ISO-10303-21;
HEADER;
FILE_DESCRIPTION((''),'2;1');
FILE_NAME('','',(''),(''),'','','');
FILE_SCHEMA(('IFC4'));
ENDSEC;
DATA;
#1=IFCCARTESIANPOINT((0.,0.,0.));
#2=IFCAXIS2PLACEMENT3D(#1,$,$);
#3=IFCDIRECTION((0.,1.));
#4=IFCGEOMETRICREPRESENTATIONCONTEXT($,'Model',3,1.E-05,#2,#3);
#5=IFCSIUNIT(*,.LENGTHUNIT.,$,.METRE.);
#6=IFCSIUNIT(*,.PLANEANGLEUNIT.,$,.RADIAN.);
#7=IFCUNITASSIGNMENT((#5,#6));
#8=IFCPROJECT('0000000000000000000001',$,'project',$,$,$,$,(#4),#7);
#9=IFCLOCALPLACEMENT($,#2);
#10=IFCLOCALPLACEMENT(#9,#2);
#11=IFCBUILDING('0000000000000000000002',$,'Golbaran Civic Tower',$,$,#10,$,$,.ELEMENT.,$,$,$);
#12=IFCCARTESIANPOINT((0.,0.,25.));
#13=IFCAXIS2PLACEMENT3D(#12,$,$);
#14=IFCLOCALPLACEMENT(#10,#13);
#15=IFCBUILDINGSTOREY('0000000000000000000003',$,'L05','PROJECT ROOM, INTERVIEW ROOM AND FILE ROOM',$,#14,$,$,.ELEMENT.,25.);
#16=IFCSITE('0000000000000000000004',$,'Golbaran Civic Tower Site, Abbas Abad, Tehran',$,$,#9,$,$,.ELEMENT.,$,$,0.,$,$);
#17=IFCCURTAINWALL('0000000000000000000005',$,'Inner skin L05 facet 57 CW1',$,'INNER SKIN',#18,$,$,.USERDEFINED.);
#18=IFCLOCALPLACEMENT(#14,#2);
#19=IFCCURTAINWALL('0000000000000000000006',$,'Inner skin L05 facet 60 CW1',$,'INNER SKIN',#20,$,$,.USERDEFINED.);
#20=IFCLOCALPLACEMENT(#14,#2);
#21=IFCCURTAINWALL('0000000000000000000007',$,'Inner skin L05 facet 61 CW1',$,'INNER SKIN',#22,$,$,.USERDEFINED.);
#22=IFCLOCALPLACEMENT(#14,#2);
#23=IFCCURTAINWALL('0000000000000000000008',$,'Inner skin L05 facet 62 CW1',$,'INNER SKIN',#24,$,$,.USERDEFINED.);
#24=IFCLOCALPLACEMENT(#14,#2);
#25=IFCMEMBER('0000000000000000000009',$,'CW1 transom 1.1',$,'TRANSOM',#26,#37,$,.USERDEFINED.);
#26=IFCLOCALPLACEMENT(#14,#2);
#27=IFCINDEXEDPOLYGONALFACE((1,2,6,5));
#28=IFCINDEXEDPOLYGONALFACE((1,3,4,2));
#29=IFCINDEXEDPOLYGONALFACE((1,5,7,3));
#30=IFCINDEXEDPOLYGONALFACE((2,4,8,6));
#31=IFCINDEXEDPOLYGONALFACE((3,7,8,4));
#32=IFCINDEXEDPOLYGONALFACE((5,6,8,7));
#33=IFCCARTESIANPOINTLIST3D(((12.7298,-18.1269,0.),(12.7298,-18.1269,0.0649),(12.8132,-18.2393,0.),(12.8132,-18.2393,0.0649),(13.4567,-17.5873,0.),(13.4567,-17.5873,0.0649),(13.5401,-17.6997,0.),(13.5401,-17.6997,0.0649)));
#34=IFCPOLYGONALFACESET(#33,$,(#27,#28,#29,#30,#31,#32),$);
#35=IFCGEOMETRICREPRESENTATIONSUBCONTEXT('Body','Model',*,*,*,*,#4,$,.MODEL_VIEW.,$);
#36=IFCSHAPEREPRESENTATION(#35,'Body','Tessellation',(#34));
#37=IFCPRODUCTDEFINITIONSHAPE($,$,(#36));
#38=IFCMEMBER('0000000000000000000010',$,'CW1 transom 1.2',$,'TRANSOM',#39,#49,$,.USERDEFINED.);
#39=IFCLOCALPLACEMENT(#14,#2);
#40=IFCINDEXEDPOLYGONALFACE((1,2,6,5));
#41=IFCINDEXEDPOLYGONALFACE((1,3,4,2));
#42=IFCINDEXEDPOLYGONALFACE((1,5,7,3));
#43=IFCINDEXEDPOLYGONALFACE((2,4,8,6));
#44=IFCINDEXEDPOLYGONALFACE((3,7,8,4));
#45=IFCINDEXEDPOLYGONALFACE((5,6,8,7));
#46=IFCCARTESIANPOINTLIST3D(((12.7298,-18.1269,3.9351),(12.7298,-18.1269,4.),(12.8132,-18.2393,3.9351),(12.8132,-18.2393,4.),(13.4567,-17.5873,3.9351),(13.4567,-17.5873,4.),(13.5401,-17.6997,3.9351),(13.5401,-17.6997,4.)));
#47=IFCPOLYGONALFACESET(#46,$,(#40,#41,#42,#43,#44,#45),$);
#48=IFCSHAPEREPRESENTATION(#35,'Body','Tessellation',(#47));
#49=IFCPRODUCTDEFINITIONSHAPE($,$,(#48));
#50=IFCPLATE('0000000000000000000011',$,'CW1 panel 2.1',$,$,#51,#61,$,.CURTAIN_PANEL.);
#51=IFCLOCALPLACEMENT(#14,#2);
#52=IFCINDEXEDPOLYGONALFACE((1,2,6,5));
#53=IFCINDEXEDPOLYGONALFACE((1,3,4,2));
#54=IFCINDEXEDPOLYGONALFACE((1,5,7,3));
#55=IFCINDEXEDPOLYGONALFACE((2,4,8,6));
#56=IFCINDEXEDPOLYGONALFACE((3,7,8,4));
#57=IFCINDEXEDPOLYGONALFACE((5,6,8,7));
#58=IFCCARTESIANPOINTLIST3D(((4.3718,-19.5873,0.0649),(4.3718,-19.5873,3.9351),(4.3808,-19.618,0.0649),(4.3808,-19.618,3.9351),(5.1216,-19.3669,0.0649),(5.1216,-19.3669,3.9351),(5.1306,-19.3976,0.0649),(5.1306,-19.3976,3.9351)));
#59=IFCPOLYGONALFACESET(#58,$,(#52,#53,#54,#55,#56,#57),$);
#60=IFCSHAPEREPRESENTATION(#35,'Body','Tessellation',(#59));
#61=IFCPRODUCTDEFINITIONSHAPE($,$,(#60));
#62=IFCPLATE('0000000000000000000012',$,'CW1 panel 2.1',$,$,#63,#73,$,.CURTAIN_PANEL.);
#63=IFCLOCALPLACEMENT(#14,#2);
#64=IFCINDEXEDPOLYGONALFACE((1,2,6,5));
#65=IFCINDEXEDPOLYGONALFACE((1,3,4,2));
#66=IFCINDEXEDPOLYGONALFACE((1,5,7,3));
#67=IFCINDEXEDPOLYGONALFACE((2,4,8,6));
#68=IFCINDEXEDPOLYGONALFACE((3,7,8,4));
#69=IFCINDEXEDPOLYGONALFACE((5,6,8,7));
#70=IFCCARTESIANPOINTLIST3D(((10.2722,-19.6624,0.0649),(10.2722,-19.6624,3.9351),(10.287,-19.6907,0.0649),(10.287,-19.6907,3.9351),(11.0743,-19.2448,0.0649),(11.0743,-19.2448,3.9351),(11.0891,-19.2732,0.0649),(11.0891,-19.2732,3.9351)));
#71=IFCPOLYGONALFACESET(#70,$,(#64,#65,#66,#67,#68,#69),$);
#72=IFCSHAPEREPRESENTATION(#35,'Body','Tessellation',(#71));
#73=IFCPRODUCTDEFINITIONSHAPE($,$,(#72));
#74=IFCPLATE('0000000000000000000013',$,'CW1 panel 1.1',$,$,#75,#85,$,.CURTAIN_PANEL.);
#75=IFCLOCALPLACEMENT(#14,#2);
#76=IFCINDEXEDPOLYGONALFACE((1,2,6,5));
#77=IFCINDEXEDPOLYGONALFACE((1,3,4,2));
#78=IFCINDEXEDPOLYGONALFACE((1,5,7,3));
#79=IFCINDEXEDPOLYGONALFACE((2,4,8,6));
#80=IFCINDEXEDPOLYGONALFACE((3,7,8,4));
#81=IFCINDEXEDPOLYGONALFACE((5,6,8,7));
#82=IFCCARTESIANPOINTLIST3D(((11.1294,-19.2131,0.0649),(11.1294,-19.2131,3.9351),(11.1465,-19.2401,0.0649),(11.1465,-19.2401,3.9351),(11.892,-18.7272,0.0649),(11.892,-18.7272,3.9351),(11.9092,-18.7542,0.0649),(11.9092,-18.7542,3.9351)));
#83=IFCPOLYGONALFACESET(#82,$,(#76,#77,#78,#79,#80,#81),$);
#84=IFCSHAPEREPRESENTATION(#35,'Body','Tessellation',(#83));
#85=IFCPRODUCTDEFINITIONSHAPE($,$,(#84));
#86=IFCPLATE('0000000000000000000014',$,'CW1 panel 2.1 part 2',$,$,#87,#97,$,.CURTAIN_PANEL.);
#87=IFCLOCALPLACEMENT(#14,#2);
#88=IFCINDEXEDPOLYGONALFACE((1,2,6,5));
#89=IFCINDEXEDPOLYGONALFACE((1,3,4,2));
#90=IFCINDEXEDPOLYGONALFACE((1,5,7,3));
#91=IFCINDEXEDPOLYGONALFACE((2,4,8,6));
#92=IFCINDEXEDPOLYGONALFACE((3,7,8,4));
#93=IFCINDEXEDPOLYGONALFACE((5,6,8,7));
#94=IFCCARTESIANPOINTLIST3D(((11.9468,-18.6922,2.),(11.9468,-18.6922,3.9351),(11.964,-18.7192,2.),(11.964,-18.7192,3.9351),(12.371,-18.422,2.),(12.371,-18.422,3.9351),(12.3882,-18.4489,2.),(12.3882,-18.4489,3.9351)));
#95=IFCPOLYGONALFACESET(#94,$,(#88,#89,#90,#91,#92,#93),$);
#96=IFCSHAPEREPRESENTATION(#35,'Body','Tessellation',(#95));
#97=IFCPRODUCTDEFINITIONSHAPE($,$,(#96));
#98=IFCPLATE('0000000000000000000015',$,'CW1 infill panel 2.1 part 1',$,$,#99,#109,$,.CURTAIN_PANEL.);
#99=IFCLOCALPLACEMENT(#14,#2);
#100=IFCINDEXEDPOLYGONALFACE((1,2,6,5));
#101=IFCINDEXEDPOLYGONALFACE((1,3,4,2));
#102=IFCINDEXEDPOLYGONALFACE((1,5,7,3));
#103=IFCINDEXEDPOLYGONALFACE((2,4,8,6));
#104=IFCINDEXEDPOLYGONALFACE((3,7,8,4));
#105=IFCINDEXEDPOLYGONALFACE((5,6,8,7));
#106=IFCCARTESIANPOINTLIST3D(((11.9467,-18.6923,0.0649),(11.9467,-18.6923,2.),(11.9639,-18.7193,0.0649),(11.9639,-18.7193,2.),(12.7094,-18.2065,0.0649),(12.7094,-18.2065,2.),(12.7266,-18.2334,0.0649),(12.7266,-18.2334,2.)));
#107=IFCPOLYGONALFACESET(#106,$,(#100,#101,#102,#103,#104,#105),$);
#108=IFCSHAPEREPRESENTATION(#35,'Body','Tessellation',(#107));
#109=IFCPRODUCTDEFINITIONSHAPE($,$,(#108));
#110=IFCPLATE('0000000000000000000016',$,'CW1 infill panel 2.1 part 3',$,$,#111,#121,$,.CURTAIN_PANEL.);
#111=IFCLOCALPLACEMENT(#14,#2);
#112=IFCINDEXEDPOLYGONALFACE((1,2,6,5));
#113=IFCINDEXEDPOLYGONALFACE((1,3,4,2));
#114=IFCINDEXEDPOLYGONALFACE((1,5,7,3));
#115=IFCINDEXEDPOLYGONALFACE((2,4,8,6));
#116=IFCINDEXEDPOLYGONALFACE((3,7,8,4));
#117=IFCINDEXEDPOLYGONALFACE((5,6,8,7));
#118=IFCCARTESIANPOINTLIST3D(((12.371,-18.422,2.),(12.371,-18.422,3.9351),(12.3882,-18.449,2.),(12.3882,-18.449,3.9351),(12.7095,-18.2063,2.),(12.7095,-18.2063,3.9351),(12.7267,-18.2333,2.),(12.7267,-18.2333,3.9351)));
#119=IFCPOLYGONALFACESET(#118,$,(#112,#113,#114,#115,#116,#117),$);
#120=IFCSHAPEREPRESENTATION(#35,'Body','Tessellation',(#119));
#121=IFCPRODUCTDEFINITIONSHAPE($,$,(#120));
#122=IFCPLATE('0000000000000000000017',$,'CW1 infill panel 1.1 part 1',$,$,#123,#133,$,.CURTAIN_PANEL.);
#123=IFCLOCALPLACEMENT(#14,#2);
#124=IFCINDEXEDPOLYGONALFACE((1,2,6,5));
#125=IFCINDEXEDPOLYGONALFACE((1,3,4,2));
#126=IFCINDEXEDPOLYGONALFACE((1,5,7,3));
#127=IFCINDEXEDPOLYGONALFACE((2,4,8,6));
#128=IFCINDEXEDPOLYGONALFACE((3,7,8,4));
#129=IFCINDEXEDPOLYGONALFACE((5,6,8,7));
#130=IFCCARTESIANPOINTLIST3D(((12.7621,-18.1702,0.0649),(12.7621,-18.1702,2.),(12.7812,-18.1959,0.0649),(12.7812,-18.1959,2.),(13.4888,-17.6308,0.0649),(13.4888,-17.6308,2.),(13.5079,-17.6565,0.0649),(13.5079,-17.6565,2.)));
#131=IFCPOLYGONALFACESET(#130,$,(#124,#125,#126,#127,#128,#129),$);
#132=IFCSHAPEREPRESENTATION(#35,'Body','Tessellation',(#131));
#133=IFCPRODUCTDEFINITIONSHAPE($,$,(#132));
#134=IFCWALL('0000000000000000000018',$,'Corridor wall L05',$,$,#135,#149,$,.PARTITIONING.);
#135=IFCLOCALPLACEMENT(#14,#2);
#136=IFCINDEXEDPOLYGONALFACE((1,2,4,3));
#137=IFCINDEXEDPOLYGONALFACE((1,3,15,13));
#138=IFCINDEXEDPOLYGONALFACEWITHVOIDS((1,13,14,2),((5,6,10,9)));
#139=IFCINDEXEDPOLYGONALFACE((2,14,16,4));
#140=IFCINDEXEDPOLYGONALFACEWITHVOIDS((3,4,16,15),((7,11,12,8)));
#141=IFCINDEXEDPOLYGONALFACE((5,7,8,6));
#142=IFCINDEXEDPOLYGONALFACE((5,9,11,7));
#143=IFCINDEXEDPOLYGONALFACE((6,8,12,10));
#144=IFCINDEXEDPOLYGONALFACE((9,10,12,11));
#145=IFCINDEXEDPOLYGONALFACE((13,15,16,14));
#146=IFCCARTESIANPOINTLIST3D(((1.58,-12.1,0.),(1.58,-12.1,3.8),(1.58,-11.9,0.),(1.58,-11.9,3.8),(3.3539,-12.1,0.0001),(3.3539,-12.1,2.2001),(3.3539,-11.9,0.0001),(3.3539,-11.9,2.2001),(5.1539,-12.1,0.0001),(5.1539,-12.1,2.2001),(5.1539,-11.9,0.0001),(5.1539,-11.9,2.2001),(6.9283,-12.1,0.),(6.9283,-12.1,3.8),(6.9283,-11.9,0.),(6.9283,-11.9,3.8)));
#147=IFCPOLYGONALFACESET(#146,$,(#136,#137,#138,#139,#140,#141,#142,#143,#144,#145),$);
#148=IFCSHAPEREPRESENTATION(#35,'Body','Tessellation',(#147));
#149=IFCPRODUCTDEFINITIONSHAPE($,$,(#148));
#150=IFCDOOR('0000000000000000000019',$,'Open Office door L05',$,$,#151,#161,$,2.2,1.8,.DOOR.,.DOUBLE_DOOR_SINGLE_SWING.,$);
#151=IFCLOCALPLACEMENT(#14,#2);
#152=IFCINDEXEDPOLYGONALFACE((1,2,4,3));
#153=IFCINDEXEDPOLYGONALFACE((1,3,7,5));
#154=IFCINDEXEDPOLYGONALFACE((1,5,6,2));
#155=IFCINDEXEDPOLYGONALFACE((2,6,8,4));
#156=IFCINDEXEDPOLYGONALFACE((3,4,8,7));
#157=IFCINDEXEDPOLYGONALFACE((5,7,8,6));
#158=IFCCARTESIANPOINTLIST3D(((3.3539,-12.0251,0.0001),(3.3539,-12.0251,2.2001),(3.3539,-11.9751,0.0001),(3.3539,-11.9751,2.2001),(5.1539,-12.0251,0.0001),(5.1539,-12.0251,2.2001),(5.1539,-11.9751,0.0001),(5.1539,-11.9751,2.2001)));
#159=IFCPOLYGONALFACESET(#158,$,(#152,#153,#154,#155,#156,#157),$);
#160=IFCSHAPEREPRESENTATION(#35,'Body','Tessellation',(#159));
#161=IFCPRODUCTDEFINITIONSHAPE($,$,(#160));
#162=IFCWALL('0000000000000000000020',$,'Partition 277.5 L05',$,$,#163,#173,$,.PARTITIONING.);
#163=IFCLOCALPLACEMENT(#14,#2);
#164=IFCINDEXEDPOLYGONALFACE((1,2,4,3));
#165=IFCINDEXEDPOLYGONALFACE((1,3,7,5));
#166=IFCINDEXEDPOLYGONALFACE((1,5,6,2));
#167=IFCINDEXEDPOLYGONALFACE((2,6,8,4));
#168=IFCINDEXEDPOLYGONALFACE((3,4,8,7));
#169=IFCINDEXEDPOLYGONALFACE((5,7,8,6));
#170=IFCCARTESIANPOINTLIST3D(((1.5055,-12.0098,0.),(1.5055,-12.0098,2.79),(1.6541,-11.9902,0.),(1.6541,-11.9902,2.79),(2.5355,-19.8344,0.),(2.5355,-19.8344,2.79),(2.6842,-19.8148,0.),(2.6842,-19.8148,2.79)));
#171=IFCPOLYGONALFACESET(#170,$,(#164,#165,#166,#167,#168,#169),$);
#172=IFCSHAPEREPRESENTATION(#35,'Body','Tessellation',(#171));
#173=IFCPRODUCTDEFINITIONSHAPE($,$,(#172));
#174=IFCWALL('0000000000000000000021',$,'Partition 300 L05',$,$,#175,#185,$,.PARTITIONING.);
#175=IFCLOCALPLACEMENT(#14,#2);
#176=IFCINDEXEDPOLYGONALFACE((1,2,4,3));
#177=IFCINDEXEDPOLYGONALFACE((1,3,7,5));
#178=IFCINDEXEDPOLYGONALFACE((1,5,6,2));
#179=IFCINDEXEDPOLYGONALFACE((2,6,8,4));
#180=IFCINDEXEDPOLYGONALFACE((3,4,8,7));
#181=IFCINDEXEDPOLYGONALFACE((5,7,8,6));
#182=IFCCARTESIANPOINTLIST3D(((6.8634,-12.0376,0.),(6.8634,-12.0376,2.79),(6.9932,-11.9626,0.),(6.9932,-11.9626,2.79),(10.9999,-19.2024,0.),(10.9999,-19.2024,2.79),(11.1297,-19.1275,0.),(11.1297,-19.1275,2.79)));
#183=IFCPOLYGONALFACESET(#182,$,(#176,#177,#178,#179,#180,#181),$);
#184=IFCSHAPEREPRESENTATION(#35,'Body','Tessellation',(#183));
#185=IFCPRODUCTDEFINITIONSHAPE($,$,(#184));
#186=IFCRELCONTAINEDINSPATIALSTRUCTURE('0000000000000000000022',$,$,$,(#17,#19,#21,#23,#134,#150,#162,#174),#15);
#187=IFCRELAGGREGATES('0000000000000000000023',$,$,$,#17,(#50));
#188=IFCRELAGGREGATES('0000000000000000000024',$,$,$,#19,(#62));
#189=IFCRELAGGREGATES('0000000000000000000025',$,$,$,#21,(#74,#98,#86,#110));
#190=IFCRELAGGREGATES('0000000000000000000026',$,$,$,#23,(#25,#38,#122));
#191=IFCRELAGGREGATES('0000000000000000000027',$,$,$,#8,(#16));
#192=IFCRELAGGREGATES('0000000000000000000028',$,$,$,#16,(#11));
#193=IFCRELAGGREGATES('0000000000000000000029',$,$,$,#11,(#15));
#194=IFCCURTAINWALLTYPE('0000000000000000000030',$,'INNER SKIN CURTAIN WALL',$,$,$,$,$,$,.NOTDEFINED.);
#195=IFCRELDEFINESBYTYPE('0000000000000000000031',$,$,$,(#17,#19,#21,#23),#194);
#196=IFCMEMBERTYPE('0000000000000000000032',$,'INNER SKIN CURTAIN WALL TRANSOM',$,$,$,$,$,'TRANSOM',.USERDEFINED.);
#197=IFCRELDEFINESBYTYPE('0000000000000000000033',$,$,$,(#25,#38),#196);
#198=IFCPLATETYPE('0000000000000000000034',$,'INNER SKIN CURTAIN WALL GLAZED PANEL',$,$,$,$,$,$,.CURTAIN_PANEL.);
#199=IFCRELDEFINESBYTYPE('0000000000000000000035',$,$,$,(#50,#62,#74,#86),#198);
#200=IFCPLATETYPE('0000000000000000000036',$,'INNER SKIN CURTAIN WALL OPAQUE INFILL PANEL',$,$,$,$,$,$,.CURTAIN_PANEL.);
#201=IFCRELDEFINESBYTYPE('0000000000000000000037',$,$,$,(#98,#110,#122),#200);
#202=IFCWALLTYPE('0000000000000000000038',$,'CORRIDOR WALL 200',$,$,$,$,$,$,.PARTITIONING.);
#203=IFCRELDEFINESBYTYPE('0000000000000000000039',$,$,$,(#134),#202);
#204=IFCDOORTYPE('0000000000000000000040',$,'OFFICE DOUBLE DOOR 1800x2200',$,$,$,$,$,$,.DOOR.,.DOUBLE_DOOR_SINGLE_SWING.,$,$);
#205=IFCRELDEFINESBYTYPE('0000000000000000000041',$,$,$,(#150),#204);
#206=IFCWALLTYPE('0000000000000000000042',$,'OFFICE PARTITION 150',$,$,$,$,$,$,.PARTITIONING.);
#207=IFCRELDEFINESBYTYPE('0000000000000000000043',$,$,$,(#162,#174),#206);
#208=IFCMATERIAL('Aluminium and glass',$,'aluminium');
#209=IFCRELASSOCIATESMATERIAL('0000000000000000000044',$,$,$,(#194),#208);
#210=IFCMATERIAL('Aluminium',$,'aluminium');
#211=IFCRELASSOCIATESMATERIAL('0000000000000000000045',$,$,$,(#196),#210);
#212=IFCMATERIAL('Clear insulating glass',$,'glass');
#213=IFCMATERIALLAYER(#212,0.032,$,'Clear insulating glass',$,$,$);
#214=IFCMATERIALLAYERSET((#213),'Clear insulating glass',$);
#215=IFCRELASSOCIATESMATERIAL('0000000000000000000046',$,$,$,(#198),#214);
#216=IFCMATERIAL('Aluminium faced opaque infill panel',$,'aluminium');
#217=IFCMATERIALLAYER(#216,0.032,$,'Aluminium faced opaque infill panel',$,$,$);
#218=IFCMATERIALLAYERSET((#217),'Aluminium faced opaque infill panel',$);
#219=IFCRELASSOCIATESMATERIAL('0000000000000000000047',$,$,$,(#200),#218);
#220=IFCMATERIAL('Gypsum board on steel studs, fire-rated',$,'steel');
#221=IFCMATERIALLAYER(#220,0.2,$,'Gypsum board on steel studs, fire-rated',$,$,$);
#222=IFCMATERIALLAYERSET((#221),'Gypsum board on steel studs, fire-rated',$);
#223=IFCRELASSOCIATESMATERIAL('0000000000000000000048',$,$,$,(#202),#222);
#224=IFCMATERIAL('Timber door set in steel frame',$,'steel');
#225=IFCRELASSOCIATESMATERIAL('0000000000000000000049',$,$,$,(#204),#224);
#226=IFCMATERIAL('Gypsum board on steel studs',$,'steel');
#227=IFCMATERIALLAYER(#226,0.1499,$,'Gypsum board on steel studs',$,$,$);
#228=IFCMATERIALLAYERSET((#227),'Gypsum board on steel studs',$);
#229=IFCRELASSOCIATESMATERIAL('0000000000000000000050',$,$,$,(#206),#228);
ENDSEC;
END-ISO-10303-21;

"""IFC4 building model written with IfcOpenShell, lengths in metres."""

from ifc_helpers import new_model, si_unit, direction, frame, frame_2d, origin, origin_2d, place, context, subcontext, project, spatial, rectangle, extrude, material, layer, layer_set, material_profile, profile_set, type_object, element, fill, aggregate, save


model = new_model("IFC4")

# Units and contexts
model_context = context("Model", 3, precision=1e-05, world=origin(), true_north=direction((0.0, 1.0)))
body_context = subcontext(model_context, "Body", "Model", "MODEL_VIEW")
ifc_project = project(units=[si_unit("LENGTHUNIT", "METRE"), si_unit("PLANEANGLEUNIT", "RADIAN")], contexts=[model_context])

# Site, building, storey
site_placement = place(None, origin())
site = spatial("IfcSite", under=ifc_project, at=site_placement, Name="Golbaran Civic Tower Site, Abbas Abad, Tehran", CompositionType="ELEMENT", RefElevation=0.0)
building_placement = place(site_placement, origin())
building = spatial("IfcBuilding", under=site, at=building_placement, Name="Golbaran Civic Tower", CompositionType="ELEMENT")
storey_placement = place(building_placement, frame((0.0, 0.0, 25.0)))
storey = spatial("IfcBuildingStorey", under=building, at=storey_placement, Name="L05", Description="PROJECT ROOM, INTERVIEW ROOM AND FILE ROOM", CompositionType="ELEMENT", Elevation=25.0)

# Curtain walls
ifc_material_1 = material(Name="Aluminium and glass", Category="aluminium")
curtain_wall_type = type_object("IfcCurtainWallType", Name="INNER SKIN CURTAIN WALL", PredefinedType="NOTDEFINED", material=ifc_material_1)
curtain_wall_1_placement = place(storey_placement, origin())
curtain_wall_1 = element("IfcCurtainWall", 1, at=curtain_wall_1_placement, inside=storey, type_object=curtain_wall_type, Name="Inner skin L05 facet 57 CW1", ObjectType="INNER SKIN", PredefinedType="USERDEFINED")
ifc_material_2 = material(Name="Aluminium", Category="aluminium")
curtain_wall_2_placement = place(storey_placement, origin())
curtain_wall_2 = element("IfcCurtainWall", 2, at=curtain_wall_2_placement, inside=storey, type_object=curtain_wall_type, Name="Inner skin L05 facet 60 CW1", ObjectType="INNER SKIN", PredefinedType="USERDEFINED")

# Curtain wall
curtain_wall_3_placement = place(storey_placement, origin())
curtain_wall_3 = element("IfcCurtainWall", 3, at=curtain_wall_3_placement, inside=storey, type_object=curtain_wall_type, Name="Inner skin L05 facet 61 CW1", ObjectType="INNER SKIN", PredefinedType="USERDEFINED")

# Shared definitions
ifc_material_profile_1 = material_profile(ifc_material_2, rectangle(XDim=0.1399, YDim=0.0649, at=origin_2d()), Name="INNER SKIN CURTAIN WALL TRANSOM")
ifc_profile_set_1 = profile_set([ifc_material_profile_1], Name="Aluminium")
member_type_1 = type_object("IfcMemberType", Name="INNER SKIN CURTAIN WALL TRANSOM", ElementType="TRANSOM", PredefinedType="USERDEFINED", material=ifc_profile_set_1)

# Curtain wall, members
curtain_wall_4_placement = place(storey_placement, origin())
curtain_wall_4 = element("IfcCurtainWall", 4, at=curtain_wall_4_placement, inside=storey, type_object=curtain_wall_type, Name="Inner skin L05 facet 62 CW1", ObjectType="INNER SKIN", PredefinedType="USERDEFINED")
member_1_placement = place(storey_placement, frame((12.7715, -18.1831, 0.0325), z_axis=(0.802936, 0.596066, 0.0), x_axis=(-0.596066, 0.802936, 0.0)))
member_1 = element("IfcMember", 5, at=member_1_placement, type_object=member_type_1, Name="CW1 transom 1.1", ObjectType="TRANSOM", PredefinedType="USERDEFINED", context=body_context, shape_type="SweptSolid", body=[
    extrude(rectangle(XDim=0.1399, YDim=0.0649, at=origin_2d()), origin(), (0.0, 0.0, 1.0), 0.9053),
])
member_2_placement = place(storey_placement, frame((12.7715, -18.1831, 3.9675), z_axis=(0.802936, 0.596066, 0.0), x_axis=(-0.596066, 0.802936, 0.0)))
member_2 = element("IfcMember", 6, at=member_2_placement, type_object=member_type_1, Name="CW1 transom 1.2", ObjectType="TRANSOM", PredefinedType="USERDEFINED", context=body_context, shape_type="SweptSolid", body=[
    extrude(rectangle(XDim=0.1399, YDim=0.0649, at=origin_2d()), origin(), (0.0, 0.0, 1.0), 0.9053),
])

# Plates
ifc_material_3 = material(Name="Clear insulating glass", Category="glass")
ifc_layer_1 = layer(ifc_material_3, 0.032, Name="Clear insulating glass")
ifc_layer_set_1 = layer_set([ifc_layer_1], Name="Clear insulating glass")
plate_type_1 = type_object("IfcPlateType", Name="INNER SKIN CURTAIN WALL GLAZED PANEL", PredefinedType="CURTAIN_PANEL", material=ifc_layer_set_1)
plate_1_placement = place(storey_placement, frame((4.7512, -19.4924, 0.0649), z_axis=(0.0, 0.0, 1.0), x_axis=(0.959425, 0.281964, 0.0)))
plate_1 = element("IfcPlate", 7, at=plate_1_placement, type_object=plate_type_1, Name="CW1 panel 2.1", PredefinedType="CURTAIN_PANEL", context=body_context, shape_type="SweptSolid", body=[
    extrude(rectangle(XDim=0.7815, YDim=0.032, at=origin_2d()), origin(), (0.0, 0.0, 1.0), 3.8701),
])
aggregate(curtain_wall_1, [plate_1])
plate_2_placement = place(storey_placement, frame((10.6807, -19.4678, 0.0649), z_axis=(0.0, 0.0, 1.0), x_axis=(0.887011, 0.461749, 0.0)))
plate_2 = element("IfcPlate", 8, at=plate_2_placement, type_object=plate_type_1, Name="CW1 panel 2.1", PredefinedType="CURTAIN_PANEL", context=body_context, shape_type="SweptSolid", body=[
    extrude(rectangle(XDim=0.9043, YDim=0.032, at=origin_2d()), origin(), (0.0, 0.0, 1.0), 3.8701),
])
aggregate(curtain_wall_2, [plate_2])
plate_3_placement = place(storey_placement, frame((11.5193, -18.9836, 0.0649), z_axis=(0.0, 0.0, 1.0), x_axis=(0.843391, 0.5373, 0.0)))
plate_3 = element("IfcPlate", 9, at=plate_3_placement, type_object=plate_type_1, Name="CW1 panel 1.1", PredefinedType="CURTAIN_PANEL", context=body_context, shape_type="SweptSolid", body=[
    extrude(rectangle(XDim=0.9043, YDim=0.032, at=origin_2d()), origin(), (0.0, 0.0, 1.0), 3.8701),
])
plate_4_placement = place(storey_placement, frame((12.1675, -18.5706, 2.0), z_axis=(0.0, 0.0, 1.0), x_axis=(0.843391, 0.5373, 0.0)))
plate_4 = element("IfcPlate", 10, at=plate_4_placement, type_object=plate_type_1, Name="CW1 panel 2.1 part 2", PredefinedType="CURTAIN_PANEL", context=body_context, shape_type="SweptSolid", body=[
    extrude(rectangle(XDim=0.5029, YDim=0.032, at=origin_2d()), origin(), (0.0, 0.0, 1.0), 1.9351),
])
ifc_material_4 = material(Name="Aluminium faced opaque infill panel", Category="aluminium")
ifc_layer_2 = layer(ifc_material_4, 0.032, Name="Aluminium faced opaque infill panel")
ifc_layer_set_2 = layer_set([ifc_layer_2], Name="Aluminium faced opaque infill panel")
plate_type_2 = type_object("IfcPlateType", Name="INNER SKIN CURTAIN WALL OPAQUE INFILL PANEL", PredefinedType="CURTAIN_PANEL", material=ifc_layer_set_2)
plate_5_placement = place(storey_placement, frame((12.3367, -18.4629, 0.0649), z_axis=(0.0, 0.0, 1.0), x_axis=(0.843391, 0.5373, 0.0)))
plate_5 = element("IfcPlate", 11, at=plate_5_placement, type_object=plate_type_2, Name="CW1 infill panel 2.1 part 1", PredefinedType="CURTAIN_PANEL", context=body_context, shape_type="SweptSolid", body=[
    extrude(rectangle(XDim=0.9043, YDim=0.032, at=origin_2d()), origin(), (0.0, 0.0, 1.0), 1.9351),
])
plate_6_placement = place(storey_placement, frame((12.5488, -18.3276, 2.0), z_axis=(0.0, 0.0, 1.0), x_axis=(0.843391, 0.5373, 0.0)))
plate_6 = element("IfcPlate", 12, at=plate_6_placement, type_object=plate_type_2, Name="CW1 infill panel 2.1 part 3", PredefinedType="CURTAIN_PANEL", context=body_context, shape_type="SweptSolid", body=[
    extrude(rectangle(XDim=0.4014, YDim=0.032, at=origin_2d()), origin(), (0.0, 0.0, 1.0), 1.9351),
])
aggregate(curtain_wall_3, [plate_3, plate_5, plate_4, plate_6])
plate_7_placement = place(storey_placement, frame((13.135, -17.9133, 0.0649), z_axis=(0.0, 0.0, 1.0), x_axis=(0.80297, 0.596019, 0.0)))
plate_7 = element("IfcPlate", 13, at=plate_7_placement, type_object=plate_type_2, Name="CW1 infill panel 1.1 part 1", PredefinedType="CURTAIN_PANEL", context=body_context, shape_type="SweptSolid", body=[
    extrude(rectangle(XDim=0.905, YDim=0.032, at=origin_2d()), origin(), (0.0, 0.0, 1.0), 1.9351),
])
aggregate(curtain_wall_4, [member_1, member_2, plate_7])

# Wall, opening, door
ifc_material_5 = material(Name="Gypsum board on steel studs, fire-rated", Category="steel")
ifc_layer_3 = layer(ifc_material_5, 0.2, Name="Gypsum board on steel studs, fire-rated")
ifc_layer_set_3 = layer_set([ifc_layer_3], Name="Gypsum board on steel studs, fire-rated")
wall_type_1 = type_object("IfcWallType", Name="CORRIDOR WALL 200", PredefinedType="PARTITIONING", material=ifc_layer_set_3)
wall_1_placement = place(storey_placement, frame((1.5798, -12.0, 0.0), z_axis=(0.0, 0.0, 1.0), x_axis=(1.0, 0.0, 0.0)))
wall_1 = element("IfcWall", 14, at=wall_1_placement, inside=storey, type_object=wall_type_1, Name="Corridor wall L05", PredefinedType="PARTITIONING", context=body_context, shape_type="SweptSolid", body=[
    extrude(rectangle(XDim=5.3484, YDim=0.2, at=frame_2d((2.6743, 0.0))), origin(), (0.0, 0.0, 1.0), 3.8),
])
opening_placement = place(wall_1_placement, frame((1.7742, 0.0, 0.0)))
opening = element("IfcOpeningElement", 15, at=opening_placement, cuts=wall_1, PredefinedType="OPENING", context=body_context, shape_type="SweptSolid", body=[
    extrude(rectangle(XDim=1.8, YDim=2.2, at=frame_2d((0.8999, 1.1001))), frame((0.0, 0.1099, 0.0), z_axis=(0.0, -1.0, 0.0), x_axis=(1.0, 0.0, 0.0)), (0.0, 0.0, 1.0), 0.22),
])
ifc_material_6 = material(Name="Timber door set in steel frame", Category="steel")
door_type = type_object("IfcDoorType", Name="OFFICE DOUBLE DOOR 1800x2200", OperationType="DOUBLE_DOOR_SINGLE_SWING", PredefinedType="DOOR", material=ifc_material_6)
door_placement = place(opening_placement, origin())
door = element("IfcDoor", 16, at=door_placement, inside=storey, type_object=door_type, Name="Open Office door L05", OperationType="DOUBLE_DOOR_SINGLE_SWING", OverallHeight=2.2, OverallWidth=1.8, PredefinedType="DOOR", context=body_context, shape_type="SweptSolid", body=[
    extrude(rectangle(XDim=1.8, YDim=2.2, at=frame_2d((0.8999, 1.1001))), frame((0.0, 0.0249, 0.0), z_axis=(0.0, -1.0, 0.0), x_axis=(1.0, 0.0, 0.0)), (0.0, 0.0, 1.0), 0.05),
])
fill(opening, door)

# Walls
ifc_material_7 = material(Name="Gypsum board on steel studs", Category="steel")
ifc_layer_4 = layer(ifc_material_7, 0.1499, Name="Gypsum board on steel studs")
ifc_layer_set_4 = layer_set([ifc_layer_4], Name="Gypsum board on steel studs")
wall_type_2 = type_object("IfcWallType", Name="OFFICE PARTITION 150", PredefinedType="PARTITIONING", material=ifc_layer_set_4)
wall_2_placement = place(storey_placement, frame((1.5798, -12.0, 0.0), z_axis=(0.0, 0.0, 1.0), x_axis=(0.130512, -0.991447, 0.0)))
element("IfcWall", 17, at=wall_2_placement, inside=storey, type_object=wall_type_2, Name="Partition 277.5 L05", PredefinedType="PARTITIONING", context=body_context, shape_type="SweptSolid", body=[
    extrude(rectangle(XDim=7.8921, YDim=0.1499, at=frame_2d((3.946, 0.0))), origin(), (0.0, 0.0, 1.0), 2.79),
])
wall_3_placement = place(storey_placement, frame((6.9282, -12.0, 0.0), z_axis=(0.0, 0.0, 1.0), x_axis=(0.499989, -0.866032, 0.0)))
element("IfcWall", 18, at=wall_3_placement, inside=storey, type_object=wall_type_2, Name="Partition 300 L05", PredefinedType="PARTITIONING", context=body_context, shape_type="SweptSolid", body=[
    extrude(rectangle(XDim=8.2732, YDim=0.1499, at=frame_2d((4.1367, 0.0))), origin(), (0.0, 0.0, 1.0), 2.79),
])

save(model, "model.ifc")
